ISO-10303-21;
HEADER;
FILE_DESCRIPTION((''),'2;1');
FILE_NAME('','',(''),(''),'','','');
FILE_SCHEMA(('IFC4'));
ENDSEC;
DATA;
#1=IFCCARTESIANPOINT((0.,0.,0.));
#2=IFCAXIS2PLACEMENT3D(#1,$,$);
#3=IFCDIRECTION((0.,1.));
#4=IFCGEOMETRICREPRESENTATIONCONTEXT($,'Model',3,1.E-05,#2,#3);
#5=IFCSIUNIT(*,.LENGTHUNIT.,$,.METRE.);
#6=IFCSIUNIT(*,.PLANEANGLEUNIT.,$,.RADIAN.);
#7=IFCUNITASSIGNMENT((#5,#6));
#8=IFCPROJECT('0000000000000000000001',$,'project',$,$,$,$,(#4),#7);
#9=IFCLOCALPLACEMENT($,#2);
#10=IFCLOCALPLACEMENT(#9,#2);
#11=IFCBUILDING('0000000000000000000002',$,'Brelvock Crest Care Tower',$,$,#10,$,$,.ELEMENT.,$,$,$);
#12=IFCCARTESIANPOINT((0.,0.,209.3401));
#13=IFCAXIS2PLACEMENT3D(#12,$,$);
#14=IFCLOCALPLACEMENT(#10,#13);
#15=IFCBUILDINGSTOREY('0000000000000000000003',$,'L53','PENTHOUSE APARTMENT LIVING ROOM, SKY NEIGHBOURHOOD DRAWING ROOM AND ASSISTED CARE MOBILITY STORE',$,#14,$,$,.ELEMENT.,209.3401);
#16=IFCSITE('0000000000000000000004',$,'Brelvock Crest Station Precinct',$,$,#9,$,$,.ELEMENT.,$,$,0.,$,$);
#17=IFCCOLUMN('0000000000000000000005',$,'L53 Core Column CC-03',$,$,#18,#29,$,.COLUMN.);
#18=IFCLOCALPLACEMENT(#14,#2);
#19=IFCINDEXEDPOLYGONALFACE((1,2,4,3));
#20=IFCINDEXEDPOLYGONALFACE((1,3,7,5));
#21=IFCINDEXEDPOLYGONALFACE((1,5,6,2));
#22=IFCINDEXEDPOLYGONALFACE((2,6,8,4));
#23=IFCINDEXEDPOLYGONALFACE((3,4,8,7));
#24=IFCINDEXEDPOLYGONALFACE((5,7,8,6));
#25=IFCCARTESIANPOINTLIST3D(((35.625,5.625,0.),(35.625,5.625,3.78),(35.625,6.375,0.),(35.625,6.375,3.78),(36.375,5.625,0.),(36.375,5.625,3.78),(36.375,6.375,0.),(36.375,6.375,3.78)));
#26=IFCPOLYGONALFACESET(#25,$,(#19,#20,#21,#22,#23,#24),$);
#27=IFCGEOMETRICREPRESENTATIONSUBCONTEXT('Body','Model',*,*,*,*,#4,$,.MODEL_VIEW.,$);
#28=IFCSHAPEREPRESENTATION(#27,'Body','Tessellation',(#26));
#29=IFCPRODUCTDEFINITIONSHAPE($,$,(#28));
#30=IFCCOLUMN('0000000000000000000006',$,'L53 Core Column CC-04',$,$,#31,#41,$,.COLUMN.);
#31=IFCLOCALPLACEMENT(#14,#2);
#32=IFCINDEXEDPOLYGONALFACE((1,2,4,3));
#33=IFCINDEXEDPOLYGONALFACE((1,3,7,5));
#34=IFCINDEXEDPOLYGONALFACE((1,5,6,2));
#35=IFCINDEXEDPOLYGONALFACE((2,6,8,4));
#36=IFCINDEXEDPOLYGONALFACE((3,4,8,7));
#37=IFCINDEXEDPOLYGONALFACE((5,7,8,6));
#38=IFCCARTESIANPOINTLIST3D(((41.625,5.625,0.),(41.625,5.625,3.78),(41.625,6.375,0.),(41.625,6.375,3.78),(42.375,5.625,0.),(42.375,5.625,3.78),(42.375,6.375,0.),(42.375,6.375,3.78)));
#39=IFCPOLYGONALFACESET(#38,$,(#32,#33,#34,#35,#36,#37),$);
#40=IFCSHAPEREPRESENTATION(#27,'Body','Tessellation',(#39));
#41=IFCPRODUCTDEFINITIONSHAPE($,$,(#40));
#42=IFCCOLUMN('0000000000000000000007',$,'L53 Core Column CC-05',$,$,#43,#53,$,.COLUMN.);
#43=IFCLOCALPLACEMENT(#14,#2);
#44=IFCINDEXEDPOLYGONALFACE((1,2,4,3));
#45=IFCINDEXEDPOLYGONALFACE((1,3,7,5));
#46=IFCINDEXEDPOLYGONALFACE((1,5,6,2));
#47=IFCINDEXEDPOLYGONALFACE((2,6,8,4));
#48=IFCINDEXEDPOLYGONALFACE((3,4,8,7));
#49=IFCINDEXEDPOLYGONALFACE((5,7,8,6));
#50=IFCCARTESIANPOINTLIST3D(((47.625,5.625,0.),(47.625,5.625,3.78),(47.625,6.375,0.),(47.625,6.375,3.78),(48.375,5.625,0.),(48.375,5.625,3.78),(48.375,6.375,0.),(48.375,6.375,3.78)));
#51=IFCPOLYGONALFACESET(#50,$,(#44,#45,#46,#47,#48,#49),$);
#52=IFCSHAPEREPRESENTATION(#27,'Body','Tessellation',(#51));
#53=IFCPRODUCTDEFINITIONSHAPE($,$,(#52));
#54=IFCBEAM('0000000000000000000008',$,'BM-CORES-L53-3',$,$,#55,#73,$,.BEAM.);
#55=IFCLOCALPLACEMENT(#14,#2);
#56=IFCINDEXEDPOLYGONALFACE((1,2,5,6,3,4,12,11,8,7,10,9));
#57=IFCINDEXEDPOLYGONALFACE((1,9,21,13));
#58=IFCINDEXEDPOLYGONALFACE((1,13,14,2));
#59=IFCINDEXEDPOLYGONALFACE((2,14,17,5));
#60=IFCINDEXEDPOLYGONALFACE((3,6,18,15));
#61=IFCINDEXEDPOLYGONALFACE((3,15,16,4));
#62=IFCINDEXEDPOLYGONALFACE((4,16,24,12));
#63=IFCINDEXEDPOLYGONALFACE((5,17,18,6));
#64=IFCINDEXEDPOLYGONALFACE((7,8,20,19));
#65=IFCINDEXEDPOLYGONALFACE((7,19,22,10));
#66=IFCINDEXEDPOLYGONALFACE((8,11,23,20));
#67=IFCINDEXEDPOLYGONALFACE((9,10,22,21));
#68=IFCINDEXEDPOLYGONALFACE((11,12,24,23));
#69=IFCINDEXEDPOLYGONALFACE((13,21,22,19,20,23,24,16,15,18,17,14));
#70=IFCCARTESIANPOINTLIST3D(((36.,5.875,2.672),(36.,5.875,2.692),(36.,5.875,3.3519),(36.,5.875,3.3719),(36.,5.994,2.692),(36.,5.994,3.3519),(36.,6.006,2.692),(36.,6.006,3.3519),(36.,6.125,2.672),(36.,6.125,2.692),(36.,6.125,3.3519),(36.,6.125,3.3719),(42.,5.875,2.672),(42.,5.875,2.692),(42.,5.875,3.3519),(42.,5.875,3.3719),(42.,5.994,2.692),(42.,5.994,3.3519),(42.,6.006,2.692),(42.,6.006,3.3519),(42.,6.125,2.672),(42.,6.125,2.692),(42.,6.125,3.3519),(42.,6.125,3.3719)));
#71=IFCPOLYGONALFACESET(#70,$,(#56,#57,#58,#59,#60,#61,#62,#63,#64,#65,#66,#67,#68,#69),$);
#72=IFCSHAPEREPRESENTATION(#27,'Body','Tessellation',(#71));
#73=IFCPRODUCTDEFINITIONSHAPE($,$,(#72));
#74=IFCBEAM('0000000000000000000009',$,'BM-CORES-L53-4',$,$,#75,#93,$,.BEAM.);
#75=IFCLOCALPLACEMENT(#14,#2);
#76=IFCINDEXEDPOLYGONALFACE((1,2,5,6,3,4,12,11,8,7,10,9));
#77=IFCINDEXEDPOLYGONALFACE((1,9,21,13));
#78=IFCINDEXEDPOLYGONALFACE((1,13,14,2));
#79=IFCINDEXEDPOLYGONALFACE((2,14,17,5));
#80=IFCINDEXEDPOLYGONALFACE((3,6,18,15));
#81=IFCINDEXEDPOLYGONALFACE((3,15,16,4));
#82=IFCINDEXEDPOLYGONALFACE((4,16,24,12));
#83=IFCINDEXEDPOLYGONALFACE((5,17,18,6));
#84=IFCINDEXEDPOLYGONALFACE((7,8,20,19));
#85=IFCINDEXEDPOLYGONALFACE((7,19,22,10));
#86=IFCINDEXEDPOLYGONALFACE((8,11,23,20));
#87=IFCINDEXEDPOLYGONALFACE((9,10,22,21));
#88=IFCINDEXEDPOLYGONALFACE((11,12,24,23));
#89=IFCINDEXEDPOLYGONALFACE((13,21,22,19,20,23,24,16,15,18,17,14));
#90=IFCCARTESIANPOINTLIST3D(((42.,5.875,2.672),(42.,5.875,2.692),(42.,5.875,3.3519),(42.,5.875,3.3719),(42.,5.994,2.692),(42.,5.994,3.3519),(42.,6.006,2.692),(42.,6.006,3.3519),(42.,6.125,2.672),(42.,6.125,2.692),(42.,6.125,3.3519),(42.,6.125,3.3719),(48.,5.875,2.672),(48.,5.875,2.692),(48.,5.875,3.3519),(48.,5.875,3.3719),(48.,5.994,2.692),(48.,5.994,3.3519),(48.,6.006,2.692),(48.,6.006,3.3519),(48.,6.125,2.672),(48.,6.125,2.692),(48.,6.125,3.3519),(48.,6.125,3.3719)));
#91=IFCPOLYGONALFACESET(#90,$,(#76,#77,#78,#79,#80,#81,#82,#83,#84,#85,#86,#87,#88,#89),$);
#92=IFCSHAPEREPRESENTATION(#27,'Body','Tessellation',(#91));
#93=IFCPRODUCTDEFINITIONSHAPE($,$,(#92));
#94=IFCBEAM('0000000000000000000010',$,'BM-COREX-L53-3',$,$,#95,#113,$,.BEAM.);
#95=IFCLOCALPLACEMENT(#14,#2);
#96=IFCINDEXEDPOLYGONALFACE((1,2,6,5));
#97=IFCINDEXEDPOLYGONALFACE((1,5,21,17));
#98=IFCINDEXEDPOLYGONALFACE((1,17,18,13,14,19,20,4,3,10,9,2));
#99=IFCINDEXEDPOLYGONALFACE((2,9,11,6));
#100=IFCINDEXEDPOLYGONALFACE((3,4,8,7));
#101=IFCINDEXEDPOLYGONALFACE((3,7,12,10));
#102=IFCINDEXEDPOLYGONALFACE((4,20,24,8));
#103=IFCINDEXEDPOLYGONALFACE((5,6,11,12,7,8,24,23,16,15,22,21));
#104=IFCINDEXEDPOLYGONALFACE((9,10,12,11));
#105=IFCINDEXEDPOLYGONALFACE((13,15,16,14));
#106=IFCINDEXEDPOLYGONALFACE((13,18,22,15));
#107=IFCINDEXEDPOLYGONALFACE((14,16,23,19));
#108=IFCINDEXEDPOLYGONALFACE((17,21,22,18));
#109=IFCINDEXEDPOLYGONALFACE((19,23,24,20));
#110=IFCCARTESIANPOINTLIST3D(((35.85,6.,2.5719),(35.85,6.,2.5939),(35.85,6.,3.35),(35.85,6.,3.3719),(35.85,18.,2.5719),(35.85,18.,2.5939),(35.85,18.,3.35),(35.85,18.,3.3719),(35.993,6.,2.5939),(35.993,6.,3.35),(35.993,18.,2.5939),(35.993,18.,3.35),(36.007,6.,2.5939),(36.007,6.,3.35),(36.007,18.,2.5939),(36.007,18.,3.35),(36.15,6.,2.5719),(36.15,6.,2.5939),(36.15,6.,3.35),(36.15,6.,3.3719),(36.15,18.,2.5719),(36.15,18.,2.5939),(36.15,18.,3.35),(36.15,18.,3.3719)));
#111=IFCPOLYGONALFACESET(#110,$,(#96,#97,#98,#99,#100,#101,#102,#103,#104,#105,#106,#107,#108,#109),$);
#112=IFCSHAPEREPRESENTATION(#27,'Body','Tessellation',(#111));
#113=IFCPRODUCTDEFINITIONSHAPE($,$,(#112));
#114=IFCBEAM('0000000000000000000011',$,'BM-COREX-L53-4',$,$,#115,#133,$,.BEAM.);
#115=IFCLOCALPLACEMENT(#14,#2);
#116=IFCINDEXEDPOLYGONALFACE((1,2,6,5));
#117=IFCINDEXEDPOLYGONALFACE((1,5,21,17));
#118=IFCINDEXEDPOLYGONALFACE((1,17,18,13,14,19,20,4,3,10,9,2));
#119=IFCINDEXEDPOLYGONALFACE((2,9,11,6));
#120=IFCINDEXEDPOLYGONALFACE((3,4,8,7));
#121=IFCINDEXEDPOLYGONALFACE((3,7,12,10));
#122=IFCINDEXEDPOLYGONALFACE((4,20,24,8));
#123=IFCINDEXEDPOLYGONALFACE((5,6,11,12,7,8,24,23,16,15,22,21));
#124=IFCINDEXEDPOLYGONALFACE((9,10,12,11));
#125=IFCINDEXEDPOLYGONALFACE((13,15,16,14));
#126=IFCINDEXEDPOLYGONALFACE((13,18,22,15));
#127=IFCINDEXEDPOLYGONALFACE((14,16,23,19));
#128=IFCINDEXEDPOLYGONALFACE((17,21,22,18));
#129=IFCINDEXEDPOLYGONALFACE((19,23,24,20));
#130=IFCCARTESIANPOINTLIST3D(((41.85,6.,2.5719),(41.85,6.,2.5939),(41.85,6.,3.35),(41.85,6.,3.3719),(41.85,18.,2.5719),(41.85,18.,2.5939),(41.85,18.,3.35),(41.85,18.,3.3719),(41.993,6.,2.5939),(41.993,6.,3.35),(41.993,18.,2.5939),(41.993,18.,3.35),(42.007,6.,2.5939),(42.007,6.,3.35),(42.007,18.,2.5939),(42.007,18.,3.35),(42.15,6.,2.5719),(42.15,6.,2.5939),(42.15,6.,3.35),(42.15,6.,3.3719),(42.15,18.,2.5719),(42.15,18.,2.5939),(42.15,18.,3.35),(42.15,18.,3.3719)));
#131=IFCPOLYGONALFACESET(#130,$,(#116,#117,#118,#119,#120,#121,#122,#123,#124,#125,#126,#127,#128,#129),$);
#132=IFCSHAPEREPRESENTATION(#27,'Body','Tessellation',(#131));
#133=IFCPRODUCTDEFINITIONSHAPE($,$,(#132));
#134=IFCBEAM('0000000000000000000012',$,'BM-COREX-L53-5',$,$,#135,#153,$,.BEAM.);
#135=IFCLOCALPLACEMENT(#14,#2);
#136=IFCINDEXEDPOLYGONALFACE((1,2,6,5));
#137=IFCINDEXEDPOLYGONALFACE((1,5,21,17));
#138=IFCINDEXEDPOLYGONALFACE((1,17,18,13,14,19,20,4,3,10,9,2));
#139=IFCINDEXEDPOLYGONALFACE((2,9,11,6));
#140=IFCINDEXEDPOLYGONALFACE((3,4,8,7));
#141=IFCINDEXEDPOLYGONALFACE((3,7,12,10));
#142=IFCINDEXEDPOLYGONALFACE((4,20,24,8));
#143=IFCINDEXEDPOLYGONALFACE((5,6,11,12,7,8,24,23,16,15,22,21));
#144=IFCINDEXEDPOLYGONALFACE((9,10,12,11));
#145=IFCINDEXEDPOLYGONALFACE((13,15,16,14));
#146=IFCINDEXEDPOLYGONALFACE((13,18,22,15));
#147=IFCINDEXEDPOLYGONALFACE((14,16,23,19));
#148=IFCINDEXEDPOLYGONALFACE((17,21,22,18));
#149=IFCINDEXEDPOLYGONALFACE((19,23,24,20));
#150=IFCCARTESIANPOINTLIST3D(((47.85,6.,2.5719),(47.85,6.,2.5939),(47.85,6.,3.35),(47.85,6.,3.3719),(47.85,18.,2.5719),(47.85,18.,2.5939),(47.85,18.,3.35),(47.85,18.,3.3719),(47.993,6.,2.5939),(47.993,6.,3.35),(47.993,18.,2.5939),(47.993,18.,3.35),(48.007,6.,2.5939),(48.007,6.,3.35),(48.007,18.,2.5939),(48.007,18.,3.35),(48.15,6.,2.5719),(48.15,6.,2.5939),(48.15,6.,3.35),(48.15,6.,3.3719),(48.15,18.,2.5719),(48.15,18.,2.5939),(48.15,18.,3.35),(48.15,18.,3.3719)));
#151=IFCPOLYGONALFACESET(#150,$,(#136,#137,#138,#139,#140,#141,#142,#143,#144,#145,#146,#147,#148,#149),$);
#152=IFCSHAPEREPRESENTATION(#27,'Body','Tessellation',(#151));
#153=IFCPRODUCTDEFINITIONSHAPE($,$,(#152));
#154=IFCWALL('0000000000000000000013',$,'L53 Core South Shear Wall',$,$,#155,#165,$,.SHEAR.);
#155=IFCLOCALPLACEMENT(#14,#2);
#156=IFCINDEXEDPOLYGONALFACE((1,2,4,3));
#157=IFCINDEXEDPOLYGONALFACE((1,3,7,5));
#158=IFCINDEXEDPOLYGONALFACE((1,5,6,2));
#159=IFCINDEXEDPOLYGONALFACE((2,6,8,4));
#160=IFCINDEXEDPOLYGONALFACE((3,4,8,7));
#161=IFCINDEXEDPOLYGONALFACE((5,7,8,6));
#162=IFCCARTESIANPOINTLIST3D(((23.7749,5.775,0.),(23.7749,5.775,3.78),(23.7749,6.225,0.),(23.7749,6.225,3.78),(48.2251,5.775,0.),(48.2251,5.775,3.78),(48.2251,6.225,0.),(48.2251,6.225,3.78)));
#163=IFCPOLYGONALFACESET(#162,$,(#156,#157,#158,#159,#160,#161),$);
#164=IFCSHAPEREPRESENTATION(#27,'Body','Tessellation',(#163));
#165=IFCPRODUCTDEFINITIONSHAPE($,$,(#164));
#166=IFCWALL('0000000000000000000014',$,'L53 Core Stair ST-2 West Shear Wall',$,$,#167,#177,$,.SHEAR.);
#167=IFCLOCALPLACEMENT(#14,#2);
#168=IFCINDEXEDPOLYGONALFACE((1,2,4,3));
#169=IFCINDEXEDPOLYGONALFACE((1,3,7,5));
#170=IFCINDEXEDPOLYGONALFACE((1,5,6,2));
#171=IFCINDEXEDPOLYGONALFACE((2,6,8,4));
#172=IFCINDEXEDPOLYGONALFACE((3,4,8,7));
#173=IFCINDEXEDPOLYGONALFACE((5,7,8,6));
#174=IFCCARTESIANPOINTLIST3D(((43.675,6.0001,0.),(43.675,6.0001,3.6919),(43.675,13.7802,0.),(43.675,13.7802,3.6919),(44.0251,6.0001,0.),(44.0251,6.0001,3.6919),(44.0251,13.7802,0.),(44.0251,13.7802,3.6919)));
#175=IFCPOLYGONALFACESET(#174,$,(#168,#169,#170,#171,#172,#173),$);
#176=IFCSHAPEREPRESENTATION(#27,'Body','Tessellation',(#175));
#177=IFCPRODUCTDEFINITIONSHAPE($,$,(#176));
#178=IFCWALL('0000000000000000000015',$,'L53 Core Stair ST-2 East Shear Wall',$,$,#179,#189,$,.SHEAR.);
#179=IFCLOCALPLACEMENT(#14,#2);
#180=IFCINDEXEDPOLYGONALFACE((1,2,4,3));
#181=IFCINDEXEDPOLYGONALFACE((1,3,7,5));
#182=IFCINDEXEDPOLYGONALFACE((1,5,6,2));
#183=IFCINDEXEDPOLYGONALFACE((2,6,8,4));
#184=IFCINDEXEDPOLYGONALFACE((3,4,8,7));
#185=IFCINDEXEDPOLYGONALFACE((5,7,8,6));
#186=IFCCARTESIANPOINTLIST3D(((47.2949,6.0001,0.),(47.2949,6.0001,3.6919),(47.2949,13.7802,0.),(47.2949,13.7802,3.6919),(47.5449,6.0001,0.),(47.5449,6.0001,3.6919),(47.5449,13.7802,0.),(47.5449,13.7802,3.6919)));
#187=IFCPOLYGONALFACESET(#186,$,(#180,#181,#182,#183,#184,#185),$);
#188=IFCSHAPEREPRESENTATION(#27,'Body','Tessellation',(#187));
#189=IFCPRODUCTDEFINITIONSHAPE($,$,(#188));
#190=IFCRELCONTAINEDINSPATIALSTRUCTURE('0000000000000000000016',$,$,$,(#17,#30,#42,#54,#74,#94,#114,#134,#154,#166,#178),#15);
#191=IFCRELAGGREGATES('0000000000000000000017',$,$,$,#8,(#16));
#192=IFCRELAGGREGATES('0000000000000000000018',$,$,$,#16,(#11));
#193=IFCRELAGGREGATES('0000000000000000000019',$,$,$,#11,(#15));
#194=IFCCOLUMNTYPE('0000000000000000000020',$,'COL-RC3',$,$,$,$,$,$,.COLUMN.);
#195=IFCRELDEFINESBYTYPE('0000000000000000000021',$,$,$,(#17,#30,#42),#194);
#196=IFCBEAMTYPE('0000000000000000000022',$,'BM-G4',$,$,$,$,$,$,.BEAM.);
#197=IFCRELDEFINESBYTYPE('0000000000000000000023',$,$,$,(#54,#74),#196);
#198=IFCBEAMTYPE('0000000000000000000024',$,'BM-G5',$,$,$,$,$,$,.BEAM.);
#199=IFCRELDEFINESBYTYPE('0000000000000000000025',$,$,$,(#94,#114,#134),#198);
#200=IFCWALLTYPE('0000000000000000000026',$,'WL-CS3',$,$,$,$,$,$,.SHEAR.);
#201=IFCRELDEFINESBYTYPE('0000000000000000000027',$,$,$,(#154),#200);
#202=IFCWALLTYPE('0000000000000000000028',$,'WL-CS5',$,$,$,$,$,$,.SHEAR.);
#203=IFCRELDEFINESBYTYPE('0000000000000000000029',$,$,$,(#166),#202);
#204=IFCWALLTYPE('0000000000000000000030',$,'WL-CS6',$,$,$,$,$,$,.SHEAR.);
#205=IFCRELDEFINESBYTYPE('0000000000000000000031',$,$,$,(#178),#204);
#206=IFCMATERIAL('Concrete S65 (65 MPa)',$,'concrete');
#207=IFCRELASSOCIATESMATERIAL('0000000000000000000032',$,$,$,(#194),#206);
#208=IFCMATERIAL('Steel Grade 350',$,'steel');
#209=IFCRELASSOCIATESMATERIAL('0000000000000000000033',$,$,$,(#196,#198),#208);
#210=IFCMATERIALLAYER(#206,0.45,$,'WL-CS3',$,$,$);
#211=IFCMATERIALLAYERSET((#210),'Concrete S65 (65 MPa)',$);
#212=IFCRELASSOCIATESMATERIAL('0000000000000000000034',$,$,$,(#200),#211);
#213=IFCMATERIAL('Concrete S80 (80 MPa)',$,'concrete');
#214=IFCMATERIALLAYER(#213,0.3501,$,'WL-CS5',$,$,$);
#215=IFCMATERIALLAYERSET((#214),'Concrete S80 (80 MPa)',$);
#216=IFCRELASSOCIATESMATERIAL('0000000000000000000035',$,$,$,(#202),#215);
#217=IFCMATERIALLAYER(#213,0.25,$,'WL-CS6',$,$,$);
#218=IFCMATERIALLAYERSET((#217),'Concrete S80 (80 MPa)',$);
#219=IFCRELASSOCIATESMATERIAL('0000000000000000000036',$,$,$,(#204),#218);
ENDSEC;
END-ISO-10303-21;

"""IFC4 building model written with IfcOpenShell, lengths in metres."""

from ifc_helpers import new_model, si_unit, direction, frame, frame_2d, origin, origin_2d, place, context, subcontext, project, spatial, rectangle, i_section, extrude, source, transform, mapped, material, layer, layer_set, material_profile, profile_set, type_object, element, save


model = new_model("IFC4")

# Units and contexts
model_context = context("Model", 3, precision=1e-05, world=origin(), true_north=direction((0.0, 1.0)))
body_context = subcontext(model_context, "Body", "Model", "MODEL_VIEW")
ifc_project = project(units=[si_unit("LENGTHUNIT", "METRE"), si_unit("PLANEANGLEUNIT", "RADIAN")], contexts=[model_context])

# Site, building, storey
site_placement = place(None, origin())
site = spatial("IfcSite", under=ifc_project, at=site_placement, Name="Brelvock Crest Station Precinct", CompositionType="ELEMENT", RefElevation=0.0)
building_placement = place(site_placement, origin())
building = spatial("IfcBuilding", under=site, at=building_placement, Name="Brelvock Crest Care Tower", CompositionType="ELEMENT")
storey_placement = place(building_placement, frame((0.0, 0.0, 209.3401)))
storey = spatial("IfcBuildingStorey", under=building, at=storey_placement, Name="L53", Description="PENTHOUSE APARTMENT LIVING ROOM, SKY NEIGHBOURHOOD DRAWING ROOM AND ASSISTED CARE MOBILITY STORE", CompositionType="ELEMENT", Elevation=209.3401)

# Columns
ifc_material_1 = material(Name="Concrete S65 (65 MPa)", Category="concrete")
ifc_material_profile_1 = material_profile(ifc_material_1, rectangle(XDim=0.75, YDim=0.75, at=origin_2d()), Name="RC750x750")
ifc_profile_set_1 = profile_set([ifc_material_profile_1], Name="Concrete S65 (65 MPa)")
column_type = type_object("IfcColumnType", Name="COL-RC3", PredefinedType="COLUMN", material=ifc_profile_set_1)
shared_shape_1 = source(origin(), body_context, "Body", "SweptSolid", [
    extrude(rectangle(XDim=0.75, YDim=0.75, at=origin_2d()), origin(), (0.0, 0.0, 1.0), 3.78),
])
for number, where, z_axis, x_axis, name in (
    (1, (36.0, 6.0, 0.0), (0.0, 0.0, 1.0), (1.0, 0.0, 0.0), "L53 Core Column CC-03"),
    (2, (42.0, 6.0, 0.0), (0.0, 0.0, 1.0), (1.0, 0.0, 0.0), "L53 Core Column CC-04"),
    (3, (48.0, 6.0, 0.0), (0.0, 0.0, 1.0), (1.0, 0.0, 0.0), "L53 Core Column CC-05"),
):
    element("IfcColumn", number, at=place(storey_placement, frame(where, z_axis=z_axis, x_axis=x_axis)), inside=storey, type_object=column_type, Name=name, PredefinedType="COLUMN", context=body_context, shape_type="MappedRepresentation", body=[
        mapped(shared_shape_1, transform((0.0, 0.0, 0.0), x_axis=(1.0, 0.0, 0.0), y_axis=(0.0, 1.0, 0.0), z_axis=(0.0, 0.0, 1.0), scale=1.0)),
    ])

# Beams
ifc_material_2 = material(Name="Steel Grade 350", Category="steel")
ifc_material_profile_2 = material_profile(ifc_material_2, i_section(OverallWidth=0.25, OverallDepth=0.7, WebThickness=0.012, FlangeThickness=0.02, at=origin_2d()), Name="700WB150")
ifc_profile_set_2 = profile_set([ifc_material_profile_2], Name="Steel Grade 350")
beam_type_1 = type_object("IfcBeamType", Name="BM-G4", PredefinedType="BEAM", material=ifc_profile_set_2)
shared_shape_2 = source(origin(), body_context, "Body", "SweptSolid", [
    extrude(i_section(OverallWidth=0.25, OverallDepth=0.7, WebThickness=0.012, FlangeThickness=0.02, at=origin_2d()), origin(), (0.0, 0.0, 1.0), 6.0),
])
for number, where, z_axis, x_axis, name in (
    (4, (36.0, 6.0, 3.022), (1.0, 0.0, 0.0), (0.0, 1.0, 0.0), "BM-CORES-L53-3"),
    (5, (42.0, 6.0, 3.022), (1.0, 0.0, 0.0), (0.0, 1.0, 0.0), "BM-CORES-L53-4"),
):
    element("IfcBeam", number, at=place(storey_placement, frame(where, z_axis=z_axis, x_axis=x_axis)), inside=storey, type_object=beam_type_1, Name=name, PredefinedType="BEAM", context=body_context, shape_type="MappedRepresentation", body=[
        mapped(shared_shape_2, transform((0.0, 0.0, 0.0), x_axis=(1.0, 0.0, 0.0), y_axis=(0.0, 1.0, 0.0), z_axis=(0.0, 0.0, 1.0), scale=1.0)),
    ])
ifc_material_profile_3 = material_profile(ifc_material_2, i_section(OverallWidth=0.3, OverallDepth=0.8, WebThickness=0.0139, FlangeThickness=0.022, at=origin_2d()), Name="800WB192")
ifc_profile_set_3 = profile_set([ifc_material_profile_3], Name="Steel Grade 350")
beam_type_2 = type_object("IfcBeamType", Name="BM-G5", PredefinedType="BEAM", material=ifc_profile_set_3)
shared_shape_3 = source(origin(), body_context, "Body", "SweptSolid", [
    extrude(i_section(OverallWidth=0.3, OverallDepth=0.8, WebThickness=0.0139, FlangeThickness=0.022, at=origin_2d()), origin(), (0.0, 0.0, 1.0), 12.0),
])
for number, where, z_axis, x_axis, name in (
    (6, (36.0, 6.0, 2.9719), (0.0, 1.0, 0.0), (-1.0, 0.0, 0.0), "BM-COREX-L53-3"),
    (7, (42.0, 6.0, 2.9719), (0.0, 1.0, 0.0), (-1.0, 0.0, 0.0), "BM-COREX-L53-4"),
    (8, (48.0, 6.0, 2.9719), (0.0, 1.0, 0.0), (-1.0, 0.0, 0.0), "BM-COREX-L53-5"),
):
    element("IfcBeam", number, at=place(storey_placement, frame(where, z_axis=z_axis, x_axis=x_axis)), inside=storey, type_object=beam_type_2, Name=name, PredefinedType="BEAM", context=body_context, shape_type="MappedRepresentation", body=[
        mapped(shared_shape_3, transform((0.0, 0.0, 0.0), x_axis=(1.0, 0.0, 0.0), y_axis=(0.0, 1.0, 0.0), z_axis=(0.0, 0.0, 1.0), scale=1.0)),
    ])

# Walls
ifc_layer_1 = layer(ifc_material_1, 0.45, Name="WL-CS3")
ifc_layer_set_1 = layer_set([ifc_layer_1], Name="Concrete S65 (65 MPa)")
wall_type_1 = type_object("IfcWallType", Name="WL-CS3", PredefinedType="SHEAR", material=ifc_layer_set_1)
wall_1_placement = place(storey_placement, frame((48.2251, 6.0, 0.0), z_axis=(0.0, 0.0, 1.0), x_axis=(-1.0, 0.0, 0.0)))
element("IfcWall", 9, at=wall_1_placement, inside=storey, type_object=wall_type_1, Name="L53 Core South Shear Wall", PredefinedType="SHEAR", context=body_context, shape_type="SweptSolid", body=[
    extrude(rectangle(XDim=24.4502, YDim=0.45, at=frame_2d((12.2251, 0.0))), origin(), (0.0, 0.0, 1.0), 3.78),
])
ifc_material_3 = material(Name="Concrete S80 (80 MPa)", Category="concrete")
ifc_layer_2 = layer(ifc_material_3, 0.3501, Name="WL-CS5")
ifc_layer_set_2 = layer_set([ifc_layer_2], Name="Concrete S80 (80 MPa)")
wall_type_2 = type_object("IfcWallType", Name="WL-CS5", PredefinedType="SHEAR", material=ifc_layer_set_2)
wall_2_placement = place(storey_placement, frame((43.8501, 6.0, 0.0), z_axis=(0.0, 0.0, 1.0), x_axis=(0.0, 1.0, 0.0)))
element("IfcWall", 10, at=wall_2_placement, inside=storey, type_object=wall_type_2, Name="L53 Core Stair ST-2 West Shear Wall", PredefinedType="SHEAR", context=body_context, shape_type="SweptSolid", body=[
    extrude(rectangle(XDim=7.78, YDim=0.3501, at=frame_2d((3.8901, 0.0))), origin(), (0.0, 0.0, 1.0), 3.6919),
])
ifc_layer_3 = layer(ifc_material_3, 0.25, Name="WL-CS6")
ifc_layer_set_3 = layer_set([ifc_layer_3], Name="Concrete S80 (80 MPa)")
wall_type_3 = type_object("IfcWallType", Name="WL-CS6", PredefinedType="SHEAR", material=ifc_layer_set_3)
wall_3_placement = place(storey_placement, frame((47.4199, 6.0, 0.0), z_axis=(0.0, 0.0, 1.0), x_axis=(0.0, 1.0, 0.0)))
element("IfcWall", 11, at=wall_3_placement, inside=storey, type_object=wall_type_3, Name="L53 Core Stair ST-2 East Shear Wall", PredefinedType="SHEAR", context=body_context, shape_type="SweptSolid", body=[
    extrude(rectangle(XDim=7.78, YDim=0.25, at=frame_2d((3.8901, 0.0))), origin(), (0.0, 0.0, 1.0), 3.6919),
])

save(model, "model.ifc")
